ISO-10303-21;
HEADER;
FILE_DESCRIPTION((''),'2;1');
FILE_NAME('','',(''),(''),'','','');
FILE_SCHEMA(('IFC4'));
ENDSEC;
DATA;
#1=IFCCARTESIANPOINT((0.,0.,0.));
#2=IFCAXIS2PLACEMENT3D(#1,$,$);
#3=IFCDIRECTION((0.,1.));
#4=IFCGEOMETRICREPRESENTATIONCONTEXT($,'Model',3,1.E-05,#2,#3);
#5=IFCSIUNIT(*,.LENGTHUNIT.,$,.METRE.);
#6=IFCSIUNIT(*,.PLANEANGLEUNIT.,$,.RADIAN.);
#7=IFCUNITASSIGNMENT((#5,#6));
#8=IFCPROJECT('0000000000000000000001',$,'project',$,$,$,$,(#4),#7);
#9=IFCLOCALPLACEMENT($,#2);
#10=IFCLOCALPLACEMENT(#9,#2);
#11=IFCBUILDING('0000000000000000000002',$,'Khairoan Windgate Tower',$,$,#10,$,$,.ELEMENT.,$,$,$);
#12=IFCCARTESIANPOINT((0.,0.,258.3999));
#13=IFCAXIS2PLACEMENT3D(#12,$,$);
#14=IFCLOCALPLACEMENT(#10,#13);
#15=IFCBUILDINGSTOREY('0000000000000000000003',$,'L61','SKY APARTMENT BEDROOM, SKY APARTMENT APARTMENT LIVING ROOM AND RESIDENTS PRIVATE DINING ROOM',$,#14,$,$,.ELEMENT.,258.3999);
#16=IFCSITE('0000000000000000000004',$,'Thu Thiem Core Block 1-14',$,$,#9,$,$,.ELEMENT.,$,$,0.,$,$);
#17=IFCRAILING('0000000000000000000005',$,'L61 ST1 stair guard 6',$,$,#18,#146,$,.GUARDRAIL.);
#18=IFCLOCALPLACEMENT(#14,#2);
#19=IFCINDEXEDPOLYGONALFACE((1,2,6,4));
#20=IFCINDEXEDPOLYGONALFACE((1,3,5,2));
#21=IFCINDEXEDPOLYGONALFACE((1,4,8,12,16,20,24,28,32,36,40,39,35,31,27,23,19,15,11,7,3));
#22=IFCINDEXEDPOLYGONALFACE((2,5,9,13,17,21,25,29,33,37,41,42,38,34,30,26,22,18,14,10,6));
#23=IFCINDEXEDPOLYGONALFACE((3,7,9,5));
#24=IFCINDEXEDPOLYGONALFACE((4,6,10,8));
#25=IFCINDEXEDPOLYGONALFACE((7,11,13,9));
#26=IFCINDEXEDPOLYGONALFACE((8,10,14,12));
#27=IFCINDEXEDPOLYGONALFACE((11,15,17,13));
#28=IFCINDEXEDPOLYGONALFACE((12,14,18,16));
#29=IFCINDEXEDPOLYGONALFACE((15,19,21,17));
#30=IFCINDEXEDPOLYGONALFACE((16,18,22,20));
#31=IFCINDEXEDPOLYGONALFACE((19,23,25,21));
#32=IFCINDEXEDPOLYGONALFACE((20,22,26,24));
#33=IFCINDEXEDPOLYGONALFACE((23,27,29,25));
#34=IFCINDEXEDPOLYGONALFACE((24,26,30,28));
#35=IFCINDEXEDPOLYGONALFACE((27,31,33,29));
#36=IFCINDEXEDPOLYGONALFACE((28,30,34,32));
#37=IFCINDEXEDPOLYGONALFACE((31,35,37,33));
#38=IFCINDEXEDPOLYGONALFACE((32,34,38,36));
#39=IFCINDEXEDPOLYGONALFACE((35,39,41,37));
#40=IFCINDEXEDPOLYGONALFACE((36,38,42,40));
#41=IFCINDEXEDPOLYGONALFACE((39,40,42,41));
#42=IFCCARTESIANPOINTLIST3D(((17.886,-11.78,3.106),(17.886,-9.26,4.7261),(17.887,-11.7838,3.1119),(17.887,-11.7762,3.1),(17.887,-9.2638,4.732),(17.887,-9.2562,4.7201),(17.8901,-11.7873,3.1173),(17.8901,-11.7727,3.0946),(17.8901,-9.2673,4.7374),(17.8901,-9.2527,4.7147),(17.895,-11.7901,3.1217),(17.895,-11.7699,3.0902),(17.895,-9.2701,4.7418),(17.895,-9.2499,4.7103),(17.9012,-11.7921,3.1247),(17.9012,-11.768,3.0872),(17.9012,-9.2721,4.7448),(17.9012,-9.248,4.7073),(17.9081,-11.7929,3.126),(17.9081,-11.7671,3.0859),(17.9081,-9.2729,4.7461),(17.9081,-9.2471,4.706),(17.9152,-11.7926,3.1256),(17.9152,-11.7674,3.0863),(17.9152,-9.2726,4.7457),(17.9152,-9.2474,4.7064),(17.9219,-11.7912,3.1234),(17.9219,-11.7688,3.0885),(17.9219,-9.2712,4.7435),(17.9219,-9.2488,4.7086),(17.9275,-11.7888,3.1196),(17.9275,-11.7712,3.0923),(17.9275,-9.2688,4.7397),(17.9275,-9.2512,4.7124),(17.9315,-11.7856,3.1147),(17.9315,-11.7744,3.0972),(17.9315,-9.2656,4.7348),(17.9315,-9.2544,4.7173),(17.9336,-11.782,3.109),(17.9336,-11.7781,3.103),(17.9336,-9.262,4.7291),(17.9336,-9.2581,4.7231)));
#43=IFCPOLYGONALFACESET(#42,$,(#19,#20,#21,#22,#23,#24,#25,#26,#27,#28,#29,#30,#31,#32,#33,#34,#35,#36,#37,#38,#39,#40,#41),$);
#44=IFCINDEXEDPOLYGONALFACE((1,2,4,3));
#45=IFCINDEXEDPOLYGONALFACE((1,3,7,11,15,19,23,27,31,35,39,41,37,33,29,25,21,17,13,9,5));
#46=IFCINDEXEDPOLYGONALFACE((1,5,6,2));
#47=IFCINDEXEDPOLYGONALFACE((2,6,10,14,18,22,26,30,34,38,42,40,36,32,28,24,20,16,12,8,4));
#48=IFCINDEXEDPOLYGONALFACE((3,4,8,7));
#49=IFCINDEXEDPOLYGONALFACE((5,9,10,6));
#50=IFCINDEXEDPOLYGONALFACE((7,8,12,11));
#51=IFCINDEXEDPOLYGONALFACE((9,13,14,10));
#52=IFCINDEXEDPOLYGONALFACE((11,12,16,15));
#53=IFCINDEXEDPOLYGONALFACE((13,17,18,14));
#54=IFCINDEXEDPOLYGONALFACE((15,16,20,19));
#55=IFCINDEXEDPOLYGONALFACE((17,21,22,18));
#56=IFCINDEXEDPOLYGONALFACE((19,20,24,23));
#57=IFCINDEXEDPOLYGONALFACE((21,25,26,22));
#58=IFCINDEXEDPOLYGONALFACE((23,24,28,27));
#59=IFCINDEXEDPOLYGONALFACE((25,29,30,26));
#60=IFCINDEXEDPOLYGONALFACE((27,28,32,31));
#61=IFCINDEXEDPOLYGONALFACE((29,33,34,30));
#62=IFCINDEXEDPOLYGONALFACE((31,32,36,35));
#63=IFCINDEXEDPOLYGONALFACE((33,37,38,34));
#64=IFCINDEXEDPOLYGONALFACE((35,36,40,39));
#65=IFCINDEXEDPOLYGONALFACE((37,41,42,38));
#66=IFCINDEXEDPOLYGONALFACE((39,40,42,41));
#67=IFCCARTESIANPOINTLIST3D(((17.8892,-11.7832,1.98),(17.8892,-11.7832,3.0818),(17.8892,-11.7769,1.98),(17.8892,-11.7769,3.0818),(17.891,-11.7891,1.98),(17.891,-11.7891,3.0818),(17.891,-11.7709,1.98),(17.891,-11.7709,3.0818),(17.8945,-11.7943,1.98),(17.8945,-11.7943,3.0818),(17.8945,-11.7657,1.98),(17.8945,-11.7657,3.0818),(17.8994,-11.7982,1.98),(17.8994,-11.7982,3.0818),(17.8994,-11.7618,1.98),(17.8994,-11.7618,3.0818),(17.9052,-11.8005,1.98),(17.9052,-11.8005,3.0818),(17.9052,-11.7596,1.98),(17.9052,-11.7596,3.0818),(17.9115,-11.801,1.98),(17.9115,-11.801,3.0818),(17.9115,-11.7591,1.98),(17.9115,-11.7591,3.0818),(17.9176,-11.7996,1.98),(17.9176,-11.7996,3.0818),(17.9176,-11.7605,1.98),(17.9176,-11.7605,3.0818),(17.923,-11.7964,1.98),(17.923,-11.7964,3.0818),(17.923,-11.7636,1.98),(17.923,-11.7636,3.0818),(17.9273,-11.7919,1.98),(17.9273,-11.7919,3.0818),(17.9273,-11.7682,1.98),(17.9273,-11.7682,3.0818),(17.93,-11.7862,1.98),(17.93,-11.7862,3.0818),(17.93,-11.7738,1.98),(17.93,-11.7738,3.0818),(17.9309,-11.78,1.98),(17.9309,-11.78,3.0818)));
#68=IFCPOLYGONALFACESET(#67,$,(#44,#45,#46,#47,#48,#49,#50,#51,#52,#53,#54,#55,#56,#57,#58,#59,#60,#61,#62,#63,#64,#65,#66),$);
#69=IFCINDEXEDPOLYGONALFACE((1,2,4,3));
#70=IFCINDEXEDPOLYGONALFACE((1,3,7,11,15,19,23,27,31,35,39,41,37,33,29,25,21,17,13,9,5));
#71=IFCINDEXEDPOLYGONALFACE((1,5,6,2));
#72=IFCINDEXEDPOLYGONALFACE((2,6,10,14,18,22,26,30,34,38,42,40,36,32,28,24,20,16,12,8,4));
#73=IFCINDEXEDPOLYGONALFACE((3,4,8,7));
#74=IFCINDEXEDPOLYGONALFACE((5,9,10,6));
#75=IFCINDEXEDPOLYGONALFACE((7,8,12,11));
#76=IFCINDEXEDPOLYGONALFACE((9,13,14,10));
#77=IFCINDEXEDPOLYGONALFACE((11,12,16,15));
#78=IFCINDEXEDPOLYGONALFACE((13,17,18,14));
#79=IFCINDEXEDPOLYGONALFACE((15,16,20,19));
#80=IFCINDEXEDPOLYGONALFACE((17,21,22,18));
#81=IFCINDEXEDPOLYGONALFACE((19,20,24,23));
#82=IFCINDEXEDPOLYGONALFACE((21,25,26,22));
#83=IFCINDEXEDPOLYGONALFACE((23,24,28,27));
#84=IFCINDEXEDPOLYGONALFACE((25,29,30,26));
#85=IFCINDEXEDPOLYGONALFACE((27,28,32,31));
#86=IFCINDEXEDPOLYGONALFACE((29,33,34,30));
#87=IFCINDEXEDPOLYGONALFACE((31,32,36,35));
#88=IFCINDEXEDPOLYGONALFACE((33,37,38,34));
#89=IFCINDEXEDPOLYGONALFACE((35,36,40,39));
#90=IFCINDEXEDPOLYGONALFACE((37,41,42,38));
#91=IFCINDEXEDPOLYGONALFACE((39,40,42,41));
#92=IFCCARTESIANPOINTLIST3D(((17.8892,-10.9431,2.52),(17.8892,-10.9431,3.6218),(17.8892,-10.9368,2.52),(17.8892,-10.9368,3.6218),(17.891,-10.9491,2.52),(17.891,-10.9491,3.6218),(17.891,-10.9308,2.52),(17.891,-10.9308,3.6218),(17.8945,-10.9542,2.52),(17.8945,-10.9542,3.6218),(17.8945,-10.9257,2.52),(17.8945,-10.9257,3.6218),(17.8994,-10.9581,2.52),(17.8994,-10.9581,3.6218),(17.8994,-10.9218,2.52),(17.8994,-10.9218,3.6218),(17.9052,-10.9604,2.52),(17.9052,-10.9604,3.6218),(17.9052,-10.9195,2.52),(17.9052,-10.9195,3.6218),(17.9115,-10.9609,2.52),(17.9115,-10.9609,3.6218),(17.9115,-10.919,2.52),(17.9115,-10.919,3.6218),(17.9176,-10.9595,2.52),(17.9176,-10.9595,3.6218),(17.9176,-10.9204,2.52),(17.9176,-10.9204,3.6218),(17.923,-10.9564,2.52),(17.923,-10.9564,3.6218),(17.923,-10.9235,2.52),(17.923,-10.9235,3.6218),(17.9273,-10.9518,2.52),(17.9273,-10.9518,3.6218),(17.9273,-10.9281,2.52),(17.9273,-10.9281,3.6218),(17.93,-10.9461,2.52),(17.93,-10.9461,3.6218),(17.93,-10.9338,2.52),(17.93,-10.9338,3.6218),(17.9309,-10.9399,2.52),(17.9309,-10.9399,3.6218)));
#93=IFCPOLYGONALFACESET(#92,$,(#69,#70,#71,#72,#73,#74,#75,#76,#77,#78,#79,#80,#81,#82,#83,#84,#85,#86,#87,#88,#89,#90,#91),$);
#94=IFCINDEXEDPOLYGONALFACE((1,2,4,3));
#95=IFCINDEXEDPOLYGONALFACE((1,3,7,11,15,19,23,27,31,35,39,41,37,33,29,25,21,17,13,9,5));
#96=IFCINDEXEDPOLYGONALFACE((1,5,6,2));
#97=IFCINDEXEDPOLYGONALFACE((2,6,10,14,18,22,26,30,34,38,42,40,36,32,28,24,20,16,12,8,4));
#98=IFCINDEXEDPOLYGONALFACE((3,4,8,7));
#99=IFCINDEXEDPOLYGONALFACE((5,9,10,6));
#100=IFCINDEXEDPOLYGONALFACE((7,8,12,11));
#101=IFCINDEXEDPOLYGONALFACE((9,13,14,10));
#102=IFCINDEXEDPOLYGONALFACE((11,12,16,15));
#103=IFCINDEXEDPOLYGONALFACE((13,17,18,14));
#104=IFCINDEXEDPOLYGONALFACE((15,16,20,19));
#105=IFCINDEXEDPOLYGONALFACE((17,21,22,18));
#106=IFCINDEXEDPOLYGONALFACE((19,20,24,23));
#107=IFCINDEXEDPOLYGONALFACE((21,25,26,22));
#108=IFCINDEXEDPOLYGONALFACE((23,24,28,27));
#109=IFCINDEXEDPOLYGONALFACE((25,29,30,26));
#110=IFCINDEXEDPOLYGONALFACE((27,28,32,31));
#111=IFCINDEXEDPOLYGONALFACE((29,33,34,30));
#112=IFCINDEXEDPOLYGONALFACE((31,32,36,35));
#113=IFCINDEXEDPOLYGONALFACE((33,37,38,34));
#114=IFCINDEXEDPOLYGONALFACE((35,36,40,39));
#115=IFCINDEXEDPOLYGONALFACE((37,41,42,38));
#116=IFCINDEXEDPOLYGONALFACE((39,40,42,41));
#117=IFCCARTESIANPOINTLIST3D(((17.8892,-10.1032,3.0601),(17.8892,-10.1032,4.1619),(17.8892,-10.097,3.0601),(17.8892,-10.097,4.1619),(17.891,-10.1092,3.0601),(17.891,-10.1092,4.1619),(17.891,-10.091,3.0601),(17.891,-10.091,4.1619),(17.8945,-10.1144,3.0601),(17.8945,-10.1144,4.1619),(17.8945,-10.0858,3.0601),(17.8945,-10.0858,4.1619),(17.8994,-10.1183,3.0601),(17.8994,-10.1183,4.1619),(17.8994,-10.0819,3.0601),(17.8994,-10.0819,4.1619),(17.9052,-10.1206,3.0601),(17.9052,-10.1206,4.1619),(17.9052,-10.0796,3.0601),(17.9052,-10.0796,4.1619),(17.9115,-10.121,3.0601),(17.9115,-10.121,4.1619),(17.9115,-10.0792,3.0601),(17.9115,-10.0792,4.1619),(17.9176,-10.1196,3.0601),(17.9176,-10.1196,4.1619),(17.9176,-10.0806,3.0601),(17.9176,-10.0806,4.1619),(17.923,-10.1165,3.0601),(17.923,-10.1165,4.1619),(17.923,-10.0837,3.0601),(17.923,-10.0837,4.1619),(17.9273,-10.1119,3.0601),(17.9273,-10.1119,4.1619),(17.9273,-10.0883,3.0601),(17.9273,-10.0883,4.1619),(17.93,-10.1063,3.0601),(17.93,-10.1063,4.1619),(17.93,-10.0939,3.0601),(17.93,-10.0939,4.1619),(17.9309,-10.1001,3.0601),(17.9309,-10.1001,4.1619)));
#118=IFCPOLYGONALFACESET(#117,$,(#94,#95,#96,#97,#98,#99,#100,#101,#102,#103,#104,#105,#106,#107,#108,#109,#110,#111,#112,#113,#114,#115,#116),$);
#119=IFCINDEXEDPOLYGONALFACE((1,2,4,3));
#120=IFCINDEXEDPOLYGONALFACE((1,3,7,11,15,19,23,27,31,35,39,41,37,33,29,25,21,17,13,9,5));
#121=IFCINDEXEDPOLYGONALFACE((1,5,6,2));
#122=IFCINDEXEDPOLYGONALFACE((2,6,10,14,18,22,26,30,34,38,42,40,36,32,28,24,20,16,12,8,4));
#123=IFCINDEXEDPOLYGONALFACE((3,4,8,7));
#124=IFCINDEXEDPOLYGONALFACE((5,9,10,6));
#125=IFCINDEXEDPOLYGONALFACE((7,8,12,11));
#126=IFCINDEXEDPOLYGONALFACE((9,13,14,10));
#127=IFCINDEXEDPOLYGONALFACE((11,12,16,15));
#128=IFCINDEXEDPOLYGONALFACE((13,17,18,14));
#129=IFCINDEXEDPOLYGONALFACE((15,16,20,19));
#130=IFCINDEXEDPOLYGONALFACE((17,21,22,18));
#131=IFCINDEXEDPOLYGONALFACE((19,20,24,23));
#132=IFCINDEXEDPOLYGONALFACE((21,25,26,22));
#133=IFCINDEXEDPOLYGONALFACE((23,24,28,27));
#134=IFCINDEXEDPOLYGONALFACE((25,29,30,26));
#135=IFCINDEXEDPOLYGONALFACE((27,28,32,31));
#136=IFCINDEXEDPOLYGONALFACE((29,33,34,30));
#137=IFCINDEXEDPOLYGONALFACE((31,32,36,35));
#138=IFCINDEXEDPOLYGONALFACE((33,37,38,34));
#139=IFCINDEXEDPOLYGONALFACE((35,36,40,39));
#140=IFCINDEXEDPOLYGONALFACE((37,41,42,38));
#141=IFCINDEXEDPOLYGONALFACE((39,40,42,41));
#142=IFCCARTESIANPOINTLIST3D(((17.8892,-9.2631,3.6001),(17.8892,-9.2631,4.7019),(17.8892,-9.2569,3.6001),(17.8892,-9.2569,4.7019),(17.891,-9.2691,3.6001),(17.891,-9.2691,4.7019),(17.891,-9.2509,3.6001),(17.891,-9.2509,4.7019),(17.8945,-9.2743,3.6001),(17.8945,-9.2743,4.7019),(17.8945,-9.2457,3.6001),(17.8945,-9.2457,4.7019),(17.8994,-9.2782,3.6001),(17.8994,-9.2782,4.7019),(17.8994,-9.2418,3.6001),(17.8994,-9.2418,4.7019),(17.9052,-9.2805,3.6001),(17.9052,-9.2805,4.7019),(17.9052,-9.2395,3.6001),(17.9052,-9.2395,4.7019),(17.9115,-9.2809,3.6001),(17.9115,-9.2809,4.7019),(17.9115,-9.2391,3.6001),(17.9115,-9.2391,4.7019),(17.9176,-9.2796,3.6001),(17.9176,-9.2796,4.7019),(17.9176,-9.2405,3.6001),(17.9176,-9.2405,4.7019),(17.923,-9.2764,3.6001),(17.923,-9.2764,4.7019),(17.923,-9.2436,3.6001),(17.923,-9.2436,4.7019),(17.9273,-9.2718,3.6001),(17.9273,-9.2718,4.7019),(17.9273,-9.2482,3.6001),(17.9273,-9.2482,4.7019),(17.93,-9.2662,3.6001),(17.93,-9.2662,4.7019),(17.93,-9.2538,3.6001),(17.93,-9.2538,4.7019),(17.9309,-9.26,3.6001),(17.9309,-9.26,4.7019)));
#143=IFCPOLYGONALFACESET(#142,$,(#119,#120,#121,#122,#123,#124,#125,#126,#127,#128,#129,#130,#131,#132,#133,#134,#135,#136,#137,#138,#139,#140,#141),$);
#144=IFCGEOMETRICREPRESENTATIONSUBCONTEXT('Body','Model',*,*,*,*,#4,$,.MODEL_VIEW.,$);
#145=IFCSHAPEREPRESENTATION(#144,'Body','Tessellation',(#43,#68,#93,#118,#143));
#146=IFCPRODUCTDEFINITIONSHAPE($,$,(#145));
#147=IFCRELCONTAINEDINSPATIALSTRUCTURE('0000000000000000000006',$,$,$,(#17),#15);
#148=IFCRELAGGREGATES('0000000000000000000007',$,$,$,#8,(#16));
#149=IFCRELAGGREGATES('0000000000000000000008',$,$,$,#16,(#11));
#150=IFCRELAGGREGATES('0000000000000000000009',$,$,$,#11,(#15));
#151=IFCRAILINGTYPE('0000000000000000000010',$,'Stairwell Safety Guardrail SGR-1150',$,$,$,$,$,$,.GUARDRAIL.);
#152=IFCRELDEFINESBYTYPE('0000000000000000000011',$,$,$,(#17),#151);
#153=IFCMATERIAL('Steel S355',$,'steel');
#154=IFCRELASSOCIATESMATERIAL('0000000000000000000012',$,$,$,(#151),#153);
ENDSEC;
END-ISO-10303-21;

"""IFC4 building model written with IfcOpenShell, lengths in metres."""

from ifc_helpers import new_model, si_unit, direction, frame, origin, origin_2d, place, context, subcontext, project, spatial, circle, extrude, material, type_object, element, save


model = new_model("IFC4")

# Units and contexts
model_context = context("Model", 3, precision=1e-05, world=origin(), true_north=direction((0.0, 1.0)))
body_context = subcontext(model_context, "Body", "Model", "MODEL_VIEW")
ifc_project = project(units=[si_unit("LENGTHUNIT", "METRE"), si_unit("PLANEANGLEUNIT", "RADIAN")], contexts=[model_context])

# Site, building, storey
site_placement = place(None, origin())
site = spatial("IfcSite", under=ifc_project, at=site_placement, Name="Thu Thiem Core Block 1-14", CompositionType="ELEMENT", RefElevation=0.0)
building_placement = place(site_placement, origin())
building = spatial("IfcBuilding", under=site, at=building_placement, Name="Khairoan Windgate Tower", CompositionType="ELEMENT")
storey_placement = place(building_placement, frame((0.0, 0.0, 258.3999)))
storey = spatial("IfcBuildingStorey", under=building, at=storey_placement, Name="L61", Description="SKY APARTMENT BEDROOM, SKY APARTMENT APARTMENT LIVING ROOM AND RESIDENTS PRIVATE DINING ROOM", CompositionType="ELEMENT", Elevation=258.3999)

# Railing
ifc_material_1 = material(Name="Steel S355", Category="steel")
railing_type_1 = type_object("IfcRailingType", Name="Stairwell Safety Guardrail SGR-1150", PredefinedType="GUARDRAIL", material=ifc_material_1)
railing_1_placement = place(storey_placement, frame((17.9099, -11.78, 1.98)))
element("IfcRailing", 1, at=railing_1_placement, inside=storey, type_object=railing_type_1, Name="L61 ST1 stair guard 6", PredefinedType="GUARDRAIL", context=body_context, shape_type="SweptSolid", body=[
    extrude(circle(Radius=0.0239, at=origin_2d()), frame((0.0, 0.0, 1.126), z_axis=(0.0, 0.841163, 0.540782), x_axis=(-1.0, 0.0, 0.0)), (0.0, 0.0, 1.0), 2.9958),
    extrude(circle(Radius=0.021, at=origin_2d()), origin(), (0.0, 0.0, 1.0), 1.1018),
    extrude(circle(Radius=0.021, at=origin_2d()), frame((0.0, 0.8401, 0.54)), (0.0, 0.0, 1.0), 1.1018),
    extrude(circle(Radius=0.021, at=origin_2d()), frame((0.0, 1.6799, 1.0801)), (0.0, 0.0, 1.0), 1.1018),
    extrude(circle(Radius=0.021, at=origin_2d()), frame((0.0, 2.52, 1.6201)), (0.0, 0.0, 1.0), 1.1018),
])

save(model, "model.ifc")
